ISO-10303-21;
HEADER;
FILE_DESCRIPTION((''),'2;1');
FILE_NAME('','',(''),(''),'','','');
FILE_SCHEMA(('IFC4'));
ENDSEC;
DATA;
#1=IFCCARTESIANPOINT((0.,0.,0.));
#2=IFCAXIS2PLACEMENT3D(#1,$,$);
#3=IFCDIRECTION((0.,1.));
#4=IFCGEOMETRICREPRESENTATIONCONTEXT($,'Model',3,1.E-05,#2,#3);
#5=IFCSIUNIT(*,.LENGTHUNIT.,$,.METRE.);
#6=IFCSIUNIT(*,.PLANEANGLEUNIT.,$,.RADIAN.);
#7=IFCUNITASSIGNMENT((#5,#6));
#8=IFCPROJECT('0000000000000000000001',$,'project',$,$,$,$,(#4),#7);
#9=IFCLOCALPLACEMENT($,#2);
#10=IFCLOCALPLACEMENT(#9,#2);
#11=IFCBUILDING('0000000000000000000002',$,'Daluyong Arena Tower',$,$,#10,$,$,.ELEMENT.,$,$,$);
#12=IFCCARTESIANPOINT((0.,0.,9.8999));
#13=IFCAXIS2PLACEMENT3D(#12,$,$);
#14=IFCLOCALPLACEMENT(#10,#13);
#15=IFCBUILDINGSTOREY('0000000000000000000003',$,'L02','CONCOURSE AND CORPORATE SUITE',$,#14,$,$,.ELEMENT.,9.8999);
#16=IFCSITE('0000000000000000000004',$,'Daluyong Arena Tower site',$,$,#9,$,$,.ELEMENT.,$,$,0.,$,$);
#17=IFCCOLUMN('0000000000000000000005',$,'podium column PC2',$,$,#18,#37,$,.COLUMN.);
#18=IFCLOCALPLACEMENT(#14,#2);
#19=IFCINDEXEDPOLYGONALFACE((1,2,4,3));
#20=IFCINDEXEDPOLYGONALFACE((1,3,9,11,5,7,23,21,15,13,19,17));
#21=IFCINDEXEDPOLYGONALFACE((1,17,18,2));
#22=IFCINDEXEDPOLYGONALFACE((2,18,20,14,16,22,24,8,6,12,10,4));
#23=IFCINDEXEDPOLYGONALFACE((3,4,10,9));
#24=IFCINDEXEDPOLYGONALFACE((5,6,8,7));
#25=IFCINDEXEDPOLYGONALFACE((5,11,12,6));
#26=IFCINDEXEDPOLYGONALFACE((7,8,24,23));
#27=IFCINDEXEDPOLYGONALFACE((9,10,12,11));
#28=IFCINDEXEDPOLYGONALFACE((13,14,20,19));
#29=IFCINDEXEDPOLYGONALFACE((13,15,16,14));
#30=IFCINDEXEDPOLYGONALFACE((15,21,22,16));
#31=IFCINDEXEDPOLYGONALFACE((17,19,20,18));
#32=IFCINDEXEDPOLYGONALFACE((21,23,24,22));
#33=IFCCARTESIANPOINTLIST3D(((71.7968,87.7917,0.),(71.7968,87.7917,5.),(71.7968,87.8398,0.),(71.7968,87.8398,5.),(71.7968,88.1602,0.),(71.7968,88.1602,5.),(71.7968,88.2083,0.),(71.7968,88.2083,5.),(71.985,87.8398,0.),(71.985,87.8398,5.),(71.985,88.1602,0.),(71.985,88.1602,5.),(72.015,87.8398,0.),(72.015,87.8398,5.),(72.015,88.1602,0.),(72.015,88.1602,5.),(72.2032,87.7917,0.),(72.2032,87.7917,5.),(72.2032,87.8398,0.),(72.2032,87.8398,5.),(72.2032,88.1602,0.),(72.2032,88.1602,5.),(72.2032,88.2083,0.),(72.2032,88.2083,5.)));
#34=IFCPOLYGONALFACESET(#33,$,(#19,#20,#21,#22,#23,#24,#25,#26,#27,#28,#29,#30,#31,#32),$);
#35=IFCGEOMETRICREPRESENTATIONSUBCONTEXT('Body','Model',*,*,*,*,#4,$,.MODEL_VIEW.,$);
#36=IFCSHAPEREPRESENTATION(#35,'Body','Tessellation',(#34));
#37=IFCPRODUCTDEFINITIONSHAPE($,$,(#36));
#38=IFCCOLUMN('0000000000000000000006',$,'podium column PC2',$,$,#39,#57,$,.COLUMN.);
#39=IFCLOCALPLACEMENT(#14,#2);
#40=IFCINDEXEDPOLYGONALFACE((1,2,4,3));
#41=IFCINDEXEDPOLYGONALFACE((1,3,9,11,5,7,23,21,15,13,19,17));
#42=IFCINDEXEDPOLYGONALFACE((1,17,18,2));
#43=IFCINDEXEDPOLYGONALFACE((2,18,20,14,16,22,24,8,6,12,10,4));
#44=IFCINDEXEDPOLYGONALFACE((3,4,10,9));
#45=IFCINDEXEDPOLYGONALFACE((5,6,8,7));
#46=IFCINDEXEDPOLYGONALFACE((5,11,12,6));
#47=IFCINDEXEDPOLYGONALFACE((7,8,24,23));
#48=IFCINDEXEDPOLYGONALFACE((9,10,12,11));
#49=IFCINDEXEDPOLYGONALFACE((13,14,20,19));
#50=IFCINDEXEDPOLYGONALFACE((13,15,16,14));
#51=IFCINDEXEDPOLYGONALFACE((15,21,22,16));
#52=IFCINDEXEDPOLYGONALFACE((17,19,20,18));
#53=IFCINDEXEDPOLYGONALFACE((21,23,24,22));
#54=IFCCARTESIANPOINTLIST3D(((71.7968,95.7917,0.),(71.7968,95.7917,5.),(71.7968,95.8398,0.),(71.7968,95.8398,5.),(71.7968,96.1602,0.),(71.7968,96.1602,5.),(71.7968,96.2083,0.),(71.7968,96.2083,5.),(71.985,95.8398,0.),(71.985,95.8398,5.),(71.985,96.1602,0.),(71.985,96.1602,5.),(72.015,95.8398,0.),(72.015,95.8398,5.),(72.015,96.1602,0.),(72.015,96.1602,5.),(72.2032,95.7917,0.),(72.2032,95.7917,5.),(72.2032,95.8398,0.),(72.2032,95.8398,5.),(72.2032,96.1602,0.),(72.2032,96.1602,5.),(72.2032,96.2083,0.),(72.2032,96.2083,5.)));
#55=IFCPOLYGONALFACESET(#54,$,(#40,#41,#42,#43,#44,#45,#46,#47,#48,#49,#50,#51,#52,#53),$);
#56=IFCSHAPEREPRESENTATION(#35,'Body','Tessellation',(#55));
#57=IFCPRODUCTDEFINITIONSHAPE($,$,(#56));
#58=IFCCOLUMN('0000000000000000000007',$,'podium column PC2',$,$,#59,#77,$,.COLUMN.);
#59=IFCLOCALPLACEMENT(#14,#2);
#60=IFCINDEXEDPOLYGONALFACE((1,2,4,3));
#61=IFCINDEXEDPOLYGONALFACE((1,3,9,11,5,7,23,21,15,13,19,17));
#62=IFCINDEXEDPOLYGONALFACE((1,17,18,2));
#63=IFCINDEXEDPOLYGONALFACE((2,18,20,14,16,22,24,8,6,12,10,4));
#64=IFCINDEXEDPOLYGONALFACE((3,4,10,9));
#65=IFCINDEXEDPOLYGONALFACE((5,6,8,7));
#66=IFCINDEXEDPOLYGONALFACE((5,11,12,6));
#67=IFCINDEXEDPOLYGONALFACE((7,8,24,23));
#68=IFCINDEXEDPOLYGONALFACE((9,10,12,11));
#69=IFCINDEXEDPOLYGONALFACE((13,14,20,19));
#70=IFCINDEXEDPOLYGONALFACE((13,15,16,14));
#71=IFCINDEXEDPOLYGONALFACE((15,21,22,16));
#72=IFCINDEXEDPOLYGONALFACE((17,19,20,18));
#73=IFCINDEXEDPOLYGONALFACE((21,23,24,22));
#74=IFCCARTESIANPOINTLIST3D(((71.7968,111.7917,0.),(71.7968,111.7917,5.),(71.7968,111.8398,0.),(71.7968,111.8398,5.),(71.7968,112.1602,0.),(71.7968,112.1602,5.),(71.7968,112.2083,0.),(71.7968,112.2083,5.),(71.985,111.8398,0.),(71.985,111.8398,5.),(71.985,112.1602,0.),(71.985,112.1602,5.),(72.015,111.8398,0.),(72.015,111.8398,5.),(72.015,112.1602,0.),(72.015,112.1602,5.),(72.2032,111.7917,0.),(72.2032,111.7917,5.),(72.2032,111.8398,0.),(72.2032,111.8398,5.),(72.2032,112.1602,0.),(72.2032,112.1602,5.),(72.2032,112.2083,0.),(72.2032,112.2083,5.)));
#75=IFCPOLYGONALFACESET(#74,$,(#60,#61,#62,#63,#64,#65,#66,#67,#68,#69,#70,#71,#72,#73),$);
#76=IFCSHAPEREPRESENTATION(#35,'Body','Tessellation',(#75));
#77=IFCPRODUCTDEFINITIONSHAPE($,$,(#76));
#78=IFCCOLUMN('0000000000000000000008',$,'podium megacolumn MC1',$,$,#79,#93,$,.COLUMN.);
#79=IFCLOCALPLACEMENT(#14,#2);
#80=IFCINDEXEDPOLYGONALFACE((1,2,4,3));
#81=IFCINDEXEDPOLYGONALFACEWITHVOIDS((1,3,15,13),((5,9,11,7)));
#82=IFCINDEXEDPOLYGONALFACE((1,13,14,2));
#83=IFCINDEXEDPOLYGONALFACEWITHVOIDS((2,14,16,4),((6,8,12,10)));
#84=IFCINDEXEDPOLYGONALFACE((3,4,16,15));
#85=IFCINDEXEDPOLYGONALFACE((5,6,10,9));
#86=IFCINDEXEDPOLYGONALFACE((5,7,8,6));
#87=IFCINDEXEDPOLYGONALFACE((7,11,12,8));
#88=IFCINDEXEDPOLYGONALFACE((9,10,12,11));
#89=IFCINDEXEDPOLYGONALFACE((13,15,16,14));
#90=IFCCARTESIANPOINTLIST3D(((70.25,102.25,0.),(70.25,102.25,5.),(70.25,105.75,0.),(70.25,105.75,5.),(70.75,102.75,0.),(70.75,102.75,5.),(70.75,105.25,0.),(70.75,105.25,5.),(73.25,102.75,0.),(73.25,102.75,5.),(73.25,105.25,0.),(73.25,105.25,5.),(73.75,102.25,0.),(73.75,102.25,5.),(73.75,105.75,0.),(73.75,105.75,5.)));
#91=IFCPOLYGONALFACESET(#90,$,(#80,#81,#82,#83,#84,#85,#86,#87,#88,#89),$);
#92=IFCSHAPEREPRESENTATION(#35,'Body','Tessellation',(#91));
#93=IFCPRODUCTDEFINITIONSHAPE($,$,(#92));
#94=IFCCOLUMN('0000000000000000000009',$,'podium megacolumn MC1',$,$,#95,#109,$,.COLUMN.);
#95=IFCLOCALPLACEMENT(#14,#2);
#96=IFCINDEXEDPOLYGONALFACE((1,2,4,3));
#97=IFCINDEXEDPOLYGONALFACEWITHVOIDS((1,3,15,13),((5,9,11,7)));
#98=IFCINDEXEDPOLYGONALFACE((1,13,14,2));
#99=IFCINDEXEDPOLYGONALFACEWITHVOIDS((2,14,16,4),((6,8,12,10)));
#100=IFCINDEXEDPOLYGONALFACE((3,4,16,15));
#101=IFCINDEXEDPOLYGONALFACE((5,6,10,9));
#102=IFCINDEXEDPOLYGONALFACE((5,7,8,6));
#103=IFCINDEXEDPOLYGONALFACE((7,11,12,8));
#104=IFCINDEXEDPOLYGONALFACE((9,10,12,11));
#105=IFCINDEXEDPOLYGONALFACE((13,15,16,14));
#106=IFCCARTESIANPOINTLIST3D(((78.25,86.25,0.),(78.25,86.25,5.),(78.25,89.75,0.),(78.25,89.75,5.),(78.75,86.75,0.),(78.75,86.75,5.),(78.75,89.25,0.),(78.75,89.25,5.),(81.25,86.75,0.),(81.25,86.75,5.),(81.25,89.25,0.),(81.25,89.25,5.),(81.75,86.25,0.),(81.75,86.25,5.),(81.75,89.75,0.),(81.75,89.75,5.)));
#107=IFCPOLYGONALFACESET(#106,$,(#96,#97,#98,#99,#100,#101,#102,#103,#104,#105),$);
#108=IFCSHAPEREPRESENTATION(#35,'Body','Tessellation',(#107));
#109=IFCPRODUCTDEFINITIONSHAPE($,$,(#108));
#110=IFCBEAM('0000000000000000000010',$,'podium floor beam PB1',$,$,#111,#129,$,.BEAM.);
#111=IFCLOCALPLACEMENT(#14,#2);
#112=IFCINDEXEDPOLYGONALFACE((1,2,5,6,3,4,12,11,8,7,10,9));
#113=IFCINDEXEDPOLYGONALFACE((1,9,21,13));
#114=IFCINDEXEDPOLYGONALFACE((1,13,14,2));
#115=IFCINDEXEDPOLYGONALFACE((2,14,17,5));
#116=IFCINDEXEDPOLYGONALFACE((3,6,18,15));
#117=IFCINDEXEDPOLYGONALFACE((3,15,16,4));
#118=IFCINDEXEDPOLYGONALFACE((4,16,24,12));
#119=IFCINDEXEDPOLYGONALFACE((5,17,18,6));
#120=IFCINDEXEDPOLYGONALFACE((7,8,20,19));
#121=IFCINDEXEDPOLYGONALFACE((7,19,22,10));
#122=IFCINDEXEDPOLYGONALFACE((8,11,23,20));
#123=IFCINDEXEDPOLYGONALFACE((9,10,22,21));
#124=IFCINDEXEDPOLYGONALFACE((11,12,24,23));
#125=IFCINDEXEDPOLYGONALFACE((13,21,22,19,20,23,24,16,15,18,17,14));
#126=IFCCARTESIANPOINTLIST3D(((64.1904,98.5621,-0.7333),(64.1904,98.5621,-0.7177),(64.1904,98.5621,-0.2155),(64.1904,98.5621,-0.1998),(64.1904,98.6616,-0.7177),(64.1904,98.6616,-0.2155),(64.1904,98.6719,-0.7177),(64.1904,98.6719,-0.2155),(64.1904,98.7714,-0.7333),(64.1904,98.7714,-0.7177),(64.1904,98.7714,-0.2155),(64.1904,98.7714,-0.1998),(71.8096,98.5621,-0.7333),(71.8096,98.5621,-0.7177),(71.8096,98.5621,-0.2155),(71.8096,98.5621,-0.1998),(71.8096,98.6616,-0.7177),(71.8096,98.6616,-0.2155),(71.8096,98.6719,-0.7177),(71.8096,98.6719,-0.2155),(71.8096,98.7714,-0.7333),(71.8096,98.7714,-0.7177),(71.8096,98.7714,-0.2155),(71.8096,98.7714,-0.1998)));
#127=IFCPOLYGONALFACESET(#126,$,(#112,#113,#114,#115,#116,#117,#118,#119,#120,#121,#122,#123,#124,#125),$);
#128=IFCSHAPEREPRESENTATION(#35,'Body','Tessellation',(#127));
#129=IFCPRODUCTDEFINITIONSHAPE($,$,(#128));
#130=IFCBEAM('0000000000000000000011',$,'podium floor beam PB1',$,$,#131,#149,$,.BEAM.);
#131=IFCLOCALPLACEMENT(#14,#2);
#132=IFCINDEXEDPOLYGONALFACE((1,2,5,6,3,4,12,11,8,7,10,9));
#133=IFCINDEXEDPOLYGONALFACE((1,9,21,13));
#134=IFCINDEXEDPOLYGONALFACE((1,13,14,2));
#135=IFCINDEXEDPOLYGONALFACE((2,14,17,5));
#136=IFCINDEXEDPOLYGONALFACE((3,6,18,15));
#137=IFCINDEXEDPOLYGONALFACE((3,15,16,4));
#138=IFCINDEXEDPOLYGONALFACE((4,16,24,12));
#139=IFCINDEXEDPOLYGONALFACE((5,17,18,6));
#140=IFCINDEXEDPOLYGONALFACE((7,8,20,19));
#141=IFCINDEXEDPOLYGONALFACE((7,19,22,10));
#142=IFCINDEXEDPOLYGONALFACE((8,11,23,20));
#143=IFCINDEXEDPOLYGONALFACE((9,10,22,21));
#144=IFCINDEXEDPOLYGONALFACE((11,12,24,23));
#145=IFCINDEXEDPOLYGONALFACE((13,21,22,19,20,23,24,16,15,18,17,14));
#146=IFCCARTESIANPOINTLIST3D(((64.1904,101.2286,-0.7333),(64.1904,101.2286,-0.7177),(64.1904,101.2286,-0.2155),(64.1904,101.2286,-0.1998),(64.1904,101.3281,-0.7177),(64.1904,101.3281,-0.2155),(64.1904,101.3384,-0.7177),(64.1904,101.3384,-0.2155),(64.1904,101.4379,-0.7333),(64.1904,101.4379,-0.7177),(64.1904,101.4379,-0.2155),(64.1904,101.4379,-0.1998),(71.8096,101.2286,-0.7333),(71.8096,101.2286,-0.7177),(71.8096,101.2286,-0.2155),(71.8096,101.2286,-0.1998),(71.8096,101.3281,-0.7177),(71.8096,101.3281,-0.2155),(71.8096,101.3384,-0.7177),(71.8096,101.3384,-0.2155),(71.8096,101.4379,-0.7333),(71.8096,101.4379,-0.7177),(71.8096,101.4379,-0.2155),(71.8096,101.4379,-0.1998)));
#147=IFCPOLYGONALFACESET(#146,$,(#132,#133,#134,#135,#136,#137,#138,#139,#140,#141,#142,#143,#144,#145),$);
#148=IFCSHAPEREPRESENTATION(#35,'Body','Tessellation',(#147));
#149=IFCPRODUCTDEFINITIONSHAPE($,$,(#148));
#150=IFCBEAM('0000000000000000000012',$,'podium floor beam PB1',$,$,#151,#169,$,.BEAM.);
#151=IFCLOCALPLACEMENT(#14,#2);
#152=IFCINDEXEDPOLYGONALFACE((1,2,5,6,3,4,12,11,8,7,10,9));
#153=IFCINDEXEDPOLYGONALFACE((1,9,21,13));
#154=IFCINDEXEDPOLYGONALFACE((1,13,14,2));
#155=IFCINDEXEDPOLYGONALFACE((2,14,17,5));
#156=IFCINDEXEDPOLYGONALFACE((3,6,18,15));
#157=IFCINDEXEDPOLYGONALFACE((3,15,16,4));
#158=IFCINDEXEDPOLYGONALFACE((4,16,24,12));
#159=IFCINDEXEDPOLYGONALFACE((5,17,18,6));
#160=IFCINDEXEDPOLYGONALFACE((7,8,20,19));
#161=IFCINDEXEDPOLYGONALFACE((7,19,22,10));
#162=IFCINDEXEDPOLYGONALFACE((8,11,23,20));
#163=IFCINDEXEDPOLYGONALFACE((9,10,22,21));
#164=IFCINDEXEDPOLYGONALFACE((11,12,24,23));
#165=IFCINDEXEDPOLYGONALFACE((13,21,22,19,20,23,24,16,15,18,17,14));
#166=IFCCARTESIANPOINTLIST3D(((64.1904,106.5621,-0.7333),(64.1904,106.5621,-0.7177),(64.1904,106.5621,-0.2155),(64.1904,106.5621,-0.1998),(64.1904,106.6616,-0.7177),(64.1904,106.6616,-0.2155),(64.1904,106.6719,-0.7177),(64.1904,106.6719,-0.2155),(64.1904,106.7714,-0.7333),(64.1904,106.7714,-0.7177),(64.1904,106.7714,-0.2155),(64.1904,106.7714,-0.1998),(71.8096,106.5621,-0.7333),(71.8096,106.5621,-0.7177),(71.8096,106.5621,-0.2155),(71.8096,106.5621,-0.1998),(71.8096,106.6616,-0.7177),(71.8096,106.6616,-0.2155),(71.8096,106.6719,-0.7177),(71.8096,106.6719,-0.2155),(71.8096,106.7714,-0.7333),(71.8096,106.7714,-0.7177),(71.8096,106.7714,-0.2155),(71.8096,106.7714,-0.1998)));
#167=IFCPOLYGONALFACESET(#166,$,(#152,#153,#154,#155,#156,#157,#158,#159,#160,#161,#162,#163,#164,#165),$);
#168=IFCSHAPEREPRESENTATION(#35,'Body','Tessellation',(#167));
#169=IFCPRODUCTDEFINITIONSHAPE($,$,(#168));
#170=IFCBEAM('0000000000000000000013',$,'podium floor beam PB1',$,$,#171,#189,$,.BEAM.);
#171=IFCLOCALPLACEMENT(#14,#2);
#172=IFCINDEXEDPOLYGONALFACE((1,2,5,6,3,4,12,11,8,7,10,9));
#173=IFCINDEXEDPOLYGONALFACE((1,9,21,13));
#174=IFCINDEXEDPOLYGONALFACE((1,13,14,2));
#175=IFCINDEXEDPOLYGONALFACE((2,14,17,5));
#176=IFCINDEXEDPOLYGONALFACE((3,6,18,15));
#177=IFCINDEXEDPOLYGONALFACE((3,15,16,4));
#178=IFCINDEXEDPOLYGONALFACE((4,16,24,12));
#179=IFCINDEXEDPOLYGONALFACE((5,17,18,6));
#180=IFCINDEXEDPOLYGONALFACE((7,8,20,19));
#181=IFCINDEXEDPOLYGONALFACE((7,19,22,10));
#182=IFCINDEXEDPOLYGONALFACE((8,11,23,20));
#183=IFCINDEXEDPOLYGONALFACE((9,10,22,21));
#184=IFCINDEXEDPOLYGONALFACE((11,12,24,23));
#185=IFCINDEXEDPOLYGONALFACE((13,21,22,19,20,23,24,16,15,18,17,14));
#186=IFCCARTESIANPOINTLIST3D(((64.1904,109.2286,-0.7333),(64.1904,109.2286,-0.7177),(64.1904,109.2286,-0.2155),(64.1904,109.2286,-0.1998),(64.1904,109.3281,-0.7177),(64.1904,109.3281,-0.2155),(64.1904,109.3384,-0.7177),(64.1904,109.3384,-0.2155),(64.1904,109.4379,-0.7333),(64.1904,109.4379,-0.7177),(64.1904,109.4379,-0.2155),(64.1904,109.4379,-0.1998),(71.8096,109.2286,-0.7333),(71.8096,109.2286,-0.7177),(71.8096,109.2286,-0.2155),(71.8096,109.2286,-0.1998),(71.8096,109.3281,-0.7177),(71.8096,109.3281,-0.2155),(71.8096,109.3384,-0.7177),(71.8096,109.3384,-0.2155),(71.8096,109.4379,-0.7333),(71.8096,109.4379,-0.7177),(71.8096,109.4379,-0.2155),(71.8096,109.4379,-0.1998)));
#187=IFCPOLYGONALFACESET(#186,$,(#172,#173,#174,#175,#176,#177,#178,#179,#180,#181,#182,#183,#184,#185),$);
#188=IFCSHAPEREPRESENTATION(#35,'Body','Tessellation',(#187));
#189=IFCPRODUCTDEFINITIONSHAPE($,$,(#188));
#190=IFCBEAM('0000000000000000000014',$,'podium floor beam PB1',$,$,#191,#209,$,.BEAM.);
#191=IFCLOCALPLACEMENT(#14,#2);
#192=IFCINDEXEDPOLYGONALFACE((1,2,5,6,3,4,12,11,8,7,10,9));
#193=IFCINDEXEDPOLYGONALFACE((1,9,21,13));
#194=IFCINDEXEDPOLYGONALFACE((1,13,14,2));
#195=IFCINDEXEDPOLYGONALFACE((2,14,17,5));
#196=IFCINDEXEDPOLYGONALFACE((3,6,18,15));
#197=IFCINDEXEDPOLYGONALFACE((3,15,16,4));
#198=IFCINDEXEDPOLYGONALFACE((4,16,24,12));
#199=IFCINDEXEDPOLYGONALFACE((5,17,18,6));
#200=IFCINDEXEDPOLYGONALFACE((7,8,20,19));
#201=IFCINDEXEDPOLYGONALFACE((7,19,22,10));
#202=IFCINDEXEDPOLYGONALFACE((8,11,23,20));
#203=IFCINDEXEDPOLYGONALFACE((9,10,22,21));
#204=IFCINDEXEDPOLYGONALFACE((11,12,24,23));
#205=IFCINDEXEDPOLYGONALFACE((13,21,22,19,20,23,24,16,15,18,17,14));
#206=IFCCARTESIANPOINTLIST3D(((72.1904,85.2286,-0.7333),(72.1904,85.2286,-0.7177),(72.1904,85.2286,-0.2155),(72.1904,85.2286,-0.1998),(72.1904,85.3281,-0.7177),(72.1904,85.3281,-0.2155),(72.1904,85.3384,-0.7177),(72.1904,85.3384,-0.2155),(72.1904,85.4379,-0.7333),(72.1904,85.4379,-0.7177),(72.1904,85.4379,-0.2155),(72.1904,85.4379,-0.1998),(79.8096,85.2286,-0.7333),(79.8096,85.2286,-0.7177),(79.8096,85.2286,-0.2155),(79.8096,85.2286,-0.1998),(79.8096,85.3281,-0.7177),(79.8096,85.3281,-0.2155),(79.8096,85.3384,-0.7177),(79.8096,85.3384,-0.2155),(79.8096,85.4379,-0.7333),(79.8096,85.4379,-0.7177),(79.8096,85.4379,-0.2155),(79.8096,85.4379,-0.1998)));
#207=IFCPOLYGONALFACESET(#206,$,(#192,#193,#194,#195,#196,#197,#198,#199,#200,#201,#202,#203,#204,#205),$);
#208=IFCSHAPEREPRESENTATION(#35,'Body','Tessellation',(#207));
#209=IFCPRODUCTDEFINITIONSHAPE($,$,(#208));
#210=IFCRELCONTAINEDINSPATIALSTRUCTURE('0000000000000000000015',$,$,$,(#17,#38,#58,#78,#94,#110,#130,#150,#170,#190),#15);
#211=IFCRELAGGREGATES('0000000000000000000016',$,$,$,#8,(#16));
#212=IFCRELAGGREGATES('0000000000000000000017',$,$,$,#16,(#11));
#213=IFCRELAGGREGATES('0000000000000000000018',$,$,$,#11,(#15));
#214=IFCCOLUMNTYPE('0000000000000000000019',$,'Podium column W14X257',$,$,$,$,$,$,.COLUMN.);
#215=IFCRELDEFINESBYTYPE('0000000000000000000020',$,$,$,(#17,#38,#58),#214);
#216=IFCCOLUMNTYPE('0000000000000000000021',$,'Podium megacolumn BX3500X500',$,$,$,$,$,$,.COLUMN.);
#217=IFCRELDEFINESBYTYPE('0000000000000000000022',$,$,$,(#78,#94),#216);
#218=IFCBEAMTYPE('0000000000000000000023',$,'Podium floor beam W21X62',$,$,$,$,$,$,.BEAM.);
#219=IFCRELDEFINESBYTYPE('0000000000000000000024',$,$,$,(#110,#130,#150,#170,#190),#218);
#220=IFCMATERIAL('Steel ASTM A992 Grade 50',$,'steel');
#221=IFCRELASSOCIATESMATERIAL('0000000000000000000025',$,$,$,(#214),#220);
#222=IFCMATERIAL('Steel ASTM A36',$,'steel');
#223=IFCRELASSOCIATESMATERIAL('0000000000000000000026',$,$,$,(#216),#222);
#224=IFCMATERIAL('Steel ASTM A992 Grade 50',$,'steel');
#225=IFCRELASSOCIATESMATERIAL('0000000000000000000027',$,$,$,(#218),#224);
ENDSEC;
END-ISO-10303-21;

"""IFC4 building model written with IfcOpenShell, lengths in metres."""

from ifc_helpers import new_model, si_unit, direction, frame, origin, origin_2d, place, context, subcontext, project, spatial, hollow_rectangle, i_section, extrude, material, material_profile, profile_set, type_object, element, save


model = new_model("IFC4")

# Units and contexts
model_context = context("Model", 3, precision=1e-05, world=origin(), true_north=direction((0.0, 1.0)))
body_context = subcontext(model_context, "Body", "Model", "MODEL_VIEW")
ifc_project = project(units=[si_unit("LENGTHUNIT", "METRE"), si_unit("PLANEANGLEUNIT", "RADIAN")], contexts=[model_context])

# Site, building, storey
site_placement = place(None, origin())
site = spatial("IfcSite", under=ifc_project, at=site_placement, Name="Daluyong Arena Tower site", CompositionType="ELEMENT", RefElevation=0.0)
building_placement = place(site_placement, origin())
building = spatial("IfcBuilding", under=site, at=building_placement, Name="Daluyong Arena Tower", CompositionType="ELEMENT")
storey_placement = place(building_placement, frame((0.0, 0.0, 9.8999)))
storey = spatial("IfcBuildingStorey", under=building, at=storey_placement, Name="L02", Description="CONCOURSE AND CORPORATE SUITE", CompositionType="ELEMENT", Elevation=9.8999)

# Columns
ifc_material_1 = material(Name="Steel ASTM A992 Grade 50", Category="steel")
ifc_material_profile_1 = material_profile(ifc_material_1, i_section(OverallWidth=0.4065, OverallDepth=0.4165, WebThickness=0.03, FlangeThickness=0.0481, at=origin_2d()))
ifc_profile_set_1 = profile_set([ifc_material_profile_1], Name="Steel ASTM A992 Grade 50")
column_type_1 = type_object("IfcColumnType", Name="Podium column W14X257", PredefinedType="COLUMN", material=ifc_profile_set_1)
for number, where, z_axis, x_axis, name in (
    (1, (72.0, 88.0, 0.0), (0.0, 0.0, 1.0), (1.0, 0.0, 0.0), "podium column PC2"),
    (2, (72.0, 96.0, 0.0), (0.0, 0.0, 1.0), (1.0, 0.0, 0.0), "podium column PC2"),
    (3, (72.0, 112.0, 0.0), (0.0, 0.0, 1.0), (1.0, 0.0, 0.0), "podium column PC2"),
):
    element("IfcColumn", number, at=place(storey_placement, frame(where, z_axis=z_axis, x_axis=x_axis)), inside=storey, type_object=column_type_1, Name=name, PredefinedType="COLUMN", context=body_context, shape_type="SweptSolid", body=[
        extrude(i_section(OverallWidth=0.4065, OverallDepth=0.4165, WebThickness=0.03, FlangeThickness=0.0481, at=origin_2d()), origin(), (0.0, 0.0, 1.0), 5.0),
    ])
ifc_material_2 = material(Name="Steel ASTM A36", Category="steel")
ifc_material_profile_2 = material_profile(ifc_material_2, hollow_rectangle(XDim=3.5, YDim=3.5, WallThickness=0.5, at=origin_2d()))
ifc_profile_set_2 = profile_set([ifc_material_profile_2], Name="Steel ASTM A36")
column_type_2 = type_object("IfcColumnType", Name="Podium megacolumn BX3500X500", PredefinedType="COLUMN", material=ifc_profile_set_2)
for number, where, z_axis, x_axis, name in (
    (4, (72.0, 104.0, 0.0), (0.0, 0.0, 1.0), (1.0, 0.0, 0.0), "podium megacolumn MC1"),
    (5, (80.0, 88.0, 0.0), (0.0, 0.0, 1.0), (1.0, 0.0, 0.0), "podium megacolumn MC1"),
):
    element("IfcColumn", number, at=place(storey_placement, frame(where, z_axis=z_axis, x_axis=x_axis)), inside=storey, type_object=column_type_2, Name=name, PredefinedType="COLUMN", context=body_context, shape_type="SweptSolid", body=[
        extrude(hollow_rectangle(XDim=3.5, YDim=3.5, WallThickness=0.5, at=origin_2d()), origin(), (0.0, 0.0, 1.0), 5.0),
    ])

# Beams
ifc_material_3 = material(Name="Steel ASTM A992 Grade 50", Category="steel")
ifc_material_profile_3 = material_profile(ifc_material_3, i_section(OverallWidth=0.2092, OverallDepth=0.5334, WebThickness=0.0103, FlangeThickness=0.0156, at=origin_2d()))
ifc_profile_set_3 = profile_set([ifc_material_profile_3], Name="Steel ASTM A992 Grade 50")
beam_type_1 = type_object("IfcBeamType", Name="Podium floor beam W21X62", PredefinedType="BEAM", material=ifc_profile_set_3)
for number, where, z_axis, x_axis, name in (
    (6, (64.1904, 98.6667, -0.4666), (1.0, 0.0, 0.0), (0.0, 1.0, 0.0), "podium floor beam PB1"),
    (7, (64.1904, 101.3333, -0.4666), (1.0, 0.0, 0.0), (0.0, 1.0, 0.0), "podium floor beam PB1"),
    (8, (64.1904, 106.6667, -0.4666), (1.0, 0.0, 0.0), (0.0, 1.0, 0.0), "podium floor beam PB1"),
    (9, (64.1904, 109.3333, -0.4666), (1.0, 0.0, 0.0), (0.0, 1.0, 0.0), "podium floor beam PB1"),
    (10, (72.1904, 85.3333, -0.4666), (1.0, 0.0, 0.0), (0.0, 1.0, 0.0), "podium floor beam PB1"),
):
    element("IfcBeam", number, at=place(storey_placement, frame(where, z_axis=z_axis, x_axis=x_axis)), inside=storey, type_object=beam_type_1, Name=name, PredefinedType="BEAM", context=body_context, shape_type="SweptSolid", body=[
        extrude(i_section(OverallWidth=0.2092, OverallDepth=0.5334, WebThickness=0.0103, FlangeThickness=0.0156, at=origin_2d()), origin(), (0.0, 0.0, 1.0), 7.6191),
    ])

save(model, "model.ifc")
